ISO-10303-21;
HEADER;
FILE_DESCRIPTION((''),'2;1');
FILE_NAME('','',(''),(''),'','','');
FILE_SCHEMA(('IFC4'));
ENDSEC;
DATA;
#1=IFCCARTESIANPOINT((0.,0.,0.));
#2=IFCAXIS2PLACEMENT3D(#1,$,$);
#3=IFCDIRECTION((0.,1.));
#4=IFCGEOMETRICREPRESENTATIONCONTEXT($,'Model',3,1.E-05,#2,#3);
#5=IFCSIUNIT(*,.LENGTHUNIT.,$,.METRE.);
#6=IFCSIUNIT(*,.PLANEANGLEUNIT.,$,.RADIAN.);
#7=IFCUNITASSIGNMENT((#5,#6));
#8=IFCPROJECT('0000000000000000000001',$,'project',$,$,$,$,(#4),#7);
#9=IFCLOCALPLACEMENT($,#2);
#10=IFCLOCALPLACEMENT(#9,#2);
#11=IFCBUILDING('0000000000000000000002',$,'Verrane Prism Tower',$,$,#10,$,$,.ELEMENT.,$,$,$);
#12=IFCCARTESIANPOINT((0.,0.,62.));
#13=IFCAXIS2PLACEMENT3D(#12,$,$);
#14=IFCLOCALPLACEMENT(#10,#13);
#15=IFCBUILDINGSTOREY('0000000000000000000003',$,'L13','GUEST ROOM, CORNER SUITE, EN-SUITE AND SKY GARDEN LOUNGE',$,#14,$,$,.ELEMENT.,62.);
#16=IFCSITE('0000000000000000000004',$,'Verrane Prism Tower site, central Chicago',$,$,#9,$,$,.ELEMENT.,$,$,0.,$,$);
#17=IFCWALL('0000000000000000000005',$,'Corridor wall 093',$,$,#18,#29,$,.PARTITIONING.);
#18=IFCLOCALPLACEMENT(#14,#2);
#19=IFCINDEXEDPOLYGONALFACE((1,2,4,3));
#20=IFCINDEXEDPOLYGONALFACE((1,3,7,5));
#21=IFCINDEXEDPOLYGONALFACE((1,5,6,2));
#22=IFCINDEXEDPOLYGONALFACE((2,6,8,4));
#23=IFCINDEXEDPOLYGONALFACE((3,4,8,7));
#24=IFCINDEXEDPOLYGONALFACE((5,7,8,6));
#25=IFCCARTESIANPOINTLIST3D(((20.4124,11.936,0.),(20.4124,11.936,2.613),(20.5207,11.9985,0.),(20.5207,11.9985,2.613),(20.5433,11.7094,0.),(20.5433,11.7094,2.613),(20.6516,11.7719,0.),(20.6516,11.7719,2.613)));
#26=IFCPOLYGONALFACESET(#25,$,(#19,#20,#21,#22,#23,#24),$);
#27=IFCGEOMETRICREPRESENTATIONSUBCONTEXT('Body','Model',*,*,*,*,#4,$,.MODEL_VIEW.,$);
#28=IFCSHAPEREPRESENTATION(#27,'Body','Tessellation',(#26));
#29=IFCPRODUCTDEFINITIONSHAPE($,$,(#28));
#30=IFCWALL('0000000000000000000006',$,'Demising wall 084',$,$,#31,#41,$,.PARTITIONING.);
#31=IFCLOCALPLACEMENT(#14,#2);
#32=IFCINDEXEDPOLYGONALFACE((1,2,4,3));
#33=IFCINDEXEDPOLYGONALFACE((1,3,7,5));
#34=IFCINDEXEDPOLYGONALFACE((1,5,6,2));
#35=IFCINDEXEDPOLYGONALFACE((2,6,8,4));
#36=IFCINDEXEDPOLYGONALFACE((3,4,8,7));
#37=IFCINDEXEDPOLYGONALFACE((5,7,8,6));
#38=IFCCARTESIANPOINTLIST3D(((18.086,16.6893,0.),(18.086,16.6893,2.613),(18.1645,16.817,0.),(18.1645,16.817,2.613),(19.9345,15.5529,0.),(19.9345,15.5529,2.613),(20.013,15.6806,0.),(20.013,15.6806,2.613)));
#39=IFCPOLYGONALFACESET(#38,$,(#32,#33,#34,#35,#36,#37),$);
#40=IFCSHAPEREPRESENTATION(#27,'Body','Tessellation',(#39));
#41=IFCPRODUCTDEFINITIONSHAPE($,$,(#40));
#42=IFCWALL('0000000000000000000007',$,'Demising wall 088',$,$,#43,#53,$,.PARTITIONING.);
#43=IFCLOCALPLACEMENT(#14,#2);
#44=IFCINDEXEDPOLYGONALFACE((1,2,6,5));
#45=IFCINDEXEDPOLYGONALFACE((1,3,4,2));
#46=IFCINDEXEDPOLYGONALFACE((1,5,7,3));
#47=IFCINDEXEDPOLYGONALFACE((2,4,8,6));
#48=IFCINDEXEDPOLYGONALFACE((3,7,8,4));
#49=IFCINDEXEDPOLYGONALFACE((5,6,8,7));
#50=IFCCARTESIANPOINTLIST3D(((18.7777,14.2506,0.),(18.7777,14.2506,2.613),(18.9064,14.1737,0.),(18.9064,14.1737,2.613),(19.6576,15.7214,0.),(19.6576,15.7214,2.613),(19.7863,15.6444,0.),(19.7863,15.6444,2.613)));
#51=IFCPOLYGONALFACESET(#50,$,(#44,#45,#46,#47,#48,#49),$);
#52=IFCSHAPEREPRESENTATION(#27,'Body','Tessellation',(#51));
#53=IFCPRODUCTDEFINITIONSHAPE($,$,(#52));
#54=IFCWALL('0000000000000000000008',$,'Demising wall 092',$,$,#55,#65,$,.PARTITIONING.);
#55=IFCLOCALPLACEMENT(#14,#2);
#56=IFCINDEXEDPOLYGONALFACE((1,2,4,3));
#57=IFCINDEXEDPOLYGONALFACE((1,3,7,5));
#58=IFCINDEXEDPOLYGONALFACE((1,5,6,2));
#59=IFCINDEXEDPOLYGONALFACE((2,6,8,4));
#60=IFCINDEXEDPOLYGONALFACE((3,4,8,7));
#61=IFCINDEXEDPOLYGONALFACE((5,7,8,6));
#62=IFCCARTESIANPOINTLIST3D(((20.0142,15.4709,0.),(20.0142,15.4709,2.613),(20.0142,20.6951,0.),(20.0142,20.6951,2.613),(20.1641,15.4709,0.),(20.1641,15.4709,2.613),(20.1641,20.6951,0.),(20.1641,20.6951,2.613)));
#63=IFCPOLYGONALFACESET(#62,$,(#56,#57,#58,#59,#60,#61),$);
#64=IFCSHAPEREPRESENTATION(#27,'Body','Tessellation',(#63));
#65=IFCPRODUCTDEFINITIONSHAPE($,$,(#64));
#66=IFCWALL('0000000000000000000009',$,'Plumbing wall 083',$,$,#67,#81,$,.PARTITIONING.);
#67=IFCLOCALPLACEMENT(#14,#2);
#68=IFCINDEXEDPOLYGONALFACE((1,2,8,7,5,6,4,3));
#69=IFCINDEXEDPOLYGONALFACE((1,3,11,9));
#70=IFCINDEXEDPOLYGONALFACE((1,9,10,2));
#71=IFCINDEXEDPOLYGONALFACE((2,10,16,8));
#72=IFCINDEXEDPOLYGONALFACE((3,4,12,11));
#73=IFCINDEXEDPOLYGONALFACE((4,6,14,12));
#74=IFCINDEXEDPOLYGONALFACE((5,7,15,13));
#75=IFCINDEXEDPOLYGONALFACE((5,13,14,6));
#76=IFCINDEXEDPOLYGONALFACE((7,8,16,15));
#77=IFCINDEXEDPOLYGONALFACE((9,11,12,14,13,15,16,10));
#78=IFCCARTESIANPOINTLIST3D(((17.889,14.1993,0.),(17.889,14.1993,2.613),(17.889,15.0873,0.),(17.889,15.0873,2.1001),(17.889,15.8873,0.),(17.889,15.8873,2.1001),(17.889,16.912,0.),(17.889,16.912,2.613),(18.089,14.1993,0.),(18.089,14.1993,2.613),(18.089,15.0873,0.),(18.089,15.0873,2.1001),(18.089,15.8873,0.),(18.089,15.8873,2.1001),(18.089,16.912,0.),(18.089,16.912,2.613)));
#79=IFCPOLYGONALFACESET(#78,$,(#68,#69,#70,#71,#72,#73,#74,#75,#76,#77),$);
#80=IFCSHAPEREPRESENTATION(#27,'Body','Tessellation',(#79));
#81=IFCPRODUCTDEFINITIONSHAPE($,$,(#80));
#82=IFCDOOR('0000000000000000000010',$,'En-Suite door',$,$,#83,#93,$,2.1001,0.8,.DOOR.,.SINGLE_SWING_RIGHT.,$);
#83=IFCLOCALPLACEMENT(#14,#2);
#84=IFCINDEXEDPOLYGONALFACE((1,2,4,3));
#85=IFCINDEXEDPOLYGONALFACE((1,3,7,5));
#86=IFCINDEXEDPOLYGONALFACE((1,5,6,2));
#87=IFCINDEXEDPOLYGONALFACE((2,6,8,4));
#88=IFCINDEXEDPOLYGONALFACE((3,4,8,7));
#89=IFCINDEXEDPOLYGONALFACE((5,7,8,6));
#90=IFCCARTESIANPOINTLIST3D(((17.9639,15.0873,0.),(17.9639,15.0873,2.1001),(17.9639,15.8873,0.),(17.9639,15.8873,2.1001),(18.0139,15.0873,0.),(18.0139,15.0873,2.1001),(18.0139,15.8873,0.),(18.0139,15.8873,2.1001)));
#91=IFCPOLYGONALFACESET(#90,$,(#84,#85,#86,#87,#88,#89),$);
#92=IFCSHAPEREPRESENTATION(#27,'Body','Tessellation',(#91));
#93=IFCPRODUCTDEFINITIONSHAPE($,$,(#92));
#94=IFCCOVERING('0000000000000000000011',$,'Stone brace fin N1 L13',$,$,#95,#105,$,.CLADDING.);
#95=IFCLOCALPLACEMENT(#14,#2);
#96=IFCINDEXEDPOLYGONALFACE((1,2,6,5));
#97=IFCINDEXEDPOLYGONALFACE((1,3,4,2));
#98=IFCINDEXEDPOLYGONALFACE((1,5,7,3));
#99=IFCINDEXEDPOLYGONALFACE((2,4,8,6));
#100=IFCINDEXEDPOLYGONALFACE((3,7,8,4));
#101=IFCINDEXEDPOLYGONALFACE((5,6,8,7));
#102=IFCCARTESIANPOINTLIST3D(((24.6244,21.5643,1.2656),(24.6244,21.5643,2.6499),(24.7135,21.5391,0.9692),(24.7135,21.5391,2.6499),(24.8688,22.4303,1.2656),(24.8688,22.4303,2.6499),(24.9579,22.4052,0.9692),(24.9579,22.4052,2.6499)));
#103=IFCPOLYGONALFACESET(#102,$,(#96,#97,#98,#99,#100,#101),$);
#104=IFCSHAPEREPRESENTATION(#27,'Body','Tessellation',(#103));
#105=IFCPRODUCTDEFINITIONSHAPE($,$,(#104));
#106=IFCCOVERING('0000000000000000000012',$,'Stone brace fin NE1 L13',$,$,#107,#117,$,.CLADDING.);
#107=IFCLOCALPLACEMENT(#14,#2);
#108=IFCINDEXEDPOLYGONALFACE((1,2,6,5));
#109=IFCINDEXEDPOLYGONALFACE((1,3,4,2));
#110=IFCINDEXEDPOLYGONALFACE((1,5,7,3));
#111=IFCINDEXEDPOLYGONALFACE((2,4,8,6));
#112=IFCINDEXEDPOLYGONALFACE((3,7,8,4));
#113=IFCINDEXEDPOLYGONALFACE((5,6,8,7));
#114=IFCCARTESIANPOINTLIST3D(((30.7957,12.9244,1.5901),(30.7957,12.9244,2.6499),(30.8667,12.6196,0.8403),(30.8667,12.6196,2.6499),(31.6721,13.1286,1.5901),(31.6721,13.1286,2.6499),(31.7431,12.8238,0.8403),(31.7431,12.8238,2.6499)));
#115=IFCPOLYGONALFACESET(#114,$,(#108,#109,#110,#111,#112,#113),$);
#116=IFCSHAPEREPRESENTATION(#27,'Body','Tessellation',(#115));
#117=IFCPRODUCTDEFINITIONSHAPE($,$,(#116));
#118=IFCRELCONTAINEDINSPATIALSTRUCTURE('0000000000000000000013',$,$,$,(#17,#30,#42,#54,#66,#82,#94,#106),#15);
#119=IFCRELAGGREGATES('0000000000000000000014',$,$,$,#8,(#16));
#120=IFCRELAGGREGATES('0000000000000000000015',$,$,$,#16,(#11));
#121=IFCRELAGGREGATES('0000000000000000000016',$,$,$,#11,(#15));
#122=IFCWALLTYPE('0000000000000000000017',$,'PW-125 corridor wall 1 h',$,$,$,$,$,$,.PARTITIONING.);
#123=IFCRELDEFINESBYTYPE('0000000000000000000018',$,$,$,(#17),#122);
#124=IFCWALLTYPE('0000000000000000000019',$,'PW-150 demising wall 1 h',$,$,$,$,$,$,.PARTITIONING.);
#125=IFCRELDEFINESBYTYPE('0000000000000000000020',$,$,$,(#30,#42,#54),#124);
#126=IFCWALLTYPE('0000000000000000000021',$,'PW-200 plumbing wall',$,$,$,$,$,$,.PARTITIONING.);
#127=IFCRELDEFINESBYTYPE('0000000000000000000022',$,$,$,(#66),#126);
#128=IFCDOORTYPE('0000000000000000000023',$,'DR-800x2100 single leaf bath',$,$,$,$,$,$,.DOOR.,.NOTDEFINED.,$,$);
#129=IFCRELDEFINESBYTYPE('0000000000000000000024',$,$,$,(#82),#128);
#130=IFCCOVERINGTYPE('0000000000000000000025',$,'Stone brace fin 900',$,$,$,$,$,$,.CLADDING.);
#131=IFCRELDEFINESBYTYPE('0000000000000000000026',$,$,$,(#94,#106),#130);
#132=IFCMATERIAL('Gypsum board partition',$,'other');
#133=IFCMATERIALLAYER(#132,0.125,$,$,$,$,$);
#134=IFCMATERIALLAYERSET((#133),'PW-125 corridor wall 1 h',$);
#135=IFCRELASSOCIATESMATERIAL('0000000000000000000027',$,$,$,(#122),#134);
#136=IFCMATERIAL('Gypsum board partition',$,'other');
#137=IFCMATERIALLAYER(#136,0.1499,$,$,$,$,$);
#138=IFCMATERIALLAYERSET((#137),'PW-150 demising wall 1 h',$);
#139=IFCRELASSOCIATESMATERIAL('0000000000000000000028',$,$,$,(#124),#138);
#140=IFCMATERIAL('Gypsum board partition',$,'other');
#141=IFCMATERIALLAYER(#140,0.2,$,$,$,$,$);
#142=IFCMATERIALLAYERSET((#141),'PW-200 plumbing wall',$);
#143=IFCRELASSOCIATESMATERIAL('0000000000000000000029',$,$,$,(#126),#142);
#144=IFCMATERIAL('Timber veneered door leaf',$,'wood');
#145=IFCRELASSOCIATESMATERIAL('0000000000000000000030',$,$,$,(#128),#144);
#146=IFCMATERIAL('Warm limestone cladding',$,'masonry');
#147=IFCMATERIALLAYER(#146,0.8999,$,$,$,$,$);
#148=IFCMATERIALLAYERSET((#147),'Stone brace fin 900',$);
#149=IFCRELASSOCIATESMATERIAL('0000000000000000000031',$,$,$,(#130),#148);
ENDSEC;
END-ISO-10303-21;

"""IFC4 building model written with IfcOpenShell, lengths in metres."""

from ifc_helpers import new_model, si_unit, direction, frame, frame_2d, origin, place, context, subcontext, project, spatial, polyline, rectangle, outline, extrude, material, layer, layer_set, type_object, element, fill, save


model = new_model("IFC4")

# Units and contexts
model_context = context("Model", 3, precision=1e-05, world=origin(), true_north=direction((0.0, 1.0)))
body_context = subcontext(model_context, "Body", "Model", "MODEL_VIEW")
ifc_project = project(units=[si_unit("LENGTHUNIT", "METRE"), si_unit("PLANEANGLEUNIT", "RADIAN")], contexts=[model_context])

# Site, building, storey
site_placement = place(None, origin())
site = spatial("IfcSite", under=ifc_project, at=site_placement, Name="Verrane Prism Tower site, central Chicago", CompositionType="ELEMENT", RefElevation=0.0)
building_placement = place(site_placement, origin())
building = spatial("IfcBuilding", under=site, at=building_placement, Name="Verrane Prism Tower", CompositionType="ELEMENT")
storey_placement = place(building_placement, frame((0.0, 0.0, 62.0)))
storey = spatial("IfcBuildingStorey", under=building, at=storey_placement, Name="L13", Description="GUEST ROOM, CORNER SUITE, EN-SUITE AND SKY GARDEN LOUNGE", CompositionType="ELEMENT", Elevation=62.0)

# Shared definitions
ifc_material_1 = material(Name="Gypsum board partition", Category="other")
ifc_layer_1 = layer(ifc_material_1, 0.125)
ifc_layer_set_1 = layer_set([ifc_layer_1], Name="PW-125 corridor wall 1 h")
wall_type_1 = type_object("IfcWallType", Name="PW-125 corridor wall 1 h", PredefinedType="PARTITIONING", material=ifc_layer_set_1)

# Walls
wall_1_placement = place(storey_placement, frame((20.4666, 11.9673, 0.0), z_axis=(0.0, 0.0, 1.0), x_axis=(0.500153, -0.865937, 0.0)))
element("IfcWall", 1, at=wall_1_placement, inside=storey, type_object=wall_type_1, Name="Corridor wall 093", PredefinedType="PARTITIONING", context=body_context, shape_type="SweptSolid", body=[
    extrude(rectangle(XDim=0.2617, YDim=0.125, at=frame_2d((0.1309, 0.0))), origin(), (0.0, 0.0, 1.0), 2.613),
])
ifc_material_2 = material(Name="Gypsum board partition", Category="other")
ifc_layer_2 = layer(ifc_material_2, 0.1499)
ifc_layer_set_2 = layer_set([ifc_layer_2], Name="PW-150 demising wall 1 h")
wall_type_2 = type_object("IfcWallType", Name="PW-150 demising wall 1 h", PredefinedType="PARTITIONING", material=ifc_layer_set_2)
wall_2_placement = place(storey_placement, frame((18.1252, 16.7532, 0.0), z_axis=(0.0, 0.0, 1.0), x_axis=(0.851894, -0.523714, 0.0)))
element("IfcWall", 2, at=wall_2_placement, inside=storey, type_object=wall_type_2, Name="Demising wall 084", PredefinedType="PARTITIONING", context=body_context, shape_type="SweptSolid", body=[
    extrude(rectangle(XDim=2.1699, YDim=0.1499, at=frame_2d((1.085, 0.0))), origin(), (0.0, 0.0, 1.0), 2.613),
])
wall_3_placement = place(storey_placement, frame((18.842, 14.2122, 0.0), z_axis=(0.0, 0.0, 1.0), x_axis=(0.513406, 0.858146, 0.0)))
element("IfcWall", 3, at=wall_3_placement, inside=storey, type_object=wall_type_2, Name="Demising wall 088", PredefinedType="PARTITIONING", context=body_context, shape_type="SweptSolid", body=[
    extrude(rectangle(XDim=1.7139, YDim=0.1499, at=frame_2d((0.8569, 0.0))), origin(), (0.0, 0.0, 1.0), 2.613),
])
wall_4_placement = place(storey_placement, frame((20.0891, 15.4709, 0.0), z_axis=(0.0, 0.0, 1.0), x_axis=(0.0, 1.0, 0.0)))
element("IfcWall", 4, at=wall_4_placement, inside=storey, type_object=wall_type_2, Name="Demising wall 092", PredefinedType="PARTITIONING", context=body_context, shape_type="SweptSolid", body=[
    extrude(rectangle(XDim=5.2241, YDim=0.1499, at=frame_2d((2.6121, 0.0))), origin(), (0.0, 0.0, 1.0), 2.613),
])

# Wall, opening, door
ifc_material_3 = material(Name="Gypsum board partition", Category="other")
ifc_layer_3 = layer(ifc_material_3, 0.2)
ifc_layer_set_3 = layer_set([ifc_layer_3], Name="PW-200 plumbing wall")
wall_type_3 = type_object("IfcWallType", Name="PW-200 plumbing wall", PredefinedType="PARTITIONING", material=ifc_layer_set_3)
wall_5_placement = place(storey_placement, frame((17.989, 16.9121, 0.0), z_axis=(0.0, 0.0, 1.0), x_axis=(0.0, -1.0, 0.0)))
wall_5 = element("IfcWall", 5, at=wall_5_placement, inside=storey, type_object=wall_type_3, Name="Plumbing wall 083", PredefinedType="PARTITIONING", context=body_context, shape_type="SweptSolid", body=[
    extrude(rectangle(XDim=2.7126, YDim=0.2, at=frame_2d((1.3564, 0.0))), origin(), (0.0, 0.0, 1.0), 2.613),
])
opening_1_placement = place(wall_5_placement, frame((1.0249, 0.0, 0.0)))
opening_1 = element("IfcOpeningElement", 6, at=opening_1_placement, cuts=wall_5, PredefinedType="OPENING", context=body_context, shape_type="SweptSolid", body=[
    extrude(rectangle(XDim=0.8, YDim=2.1001, at=frame_2d((0.3999, 1.05))), frame((0.0, 0.1099, 0.0), z_axis=(0.0, -1.0, 0.0), x_axis=(1.0, 0.0, 0.0)), (0.0, 0.0, 1.0), 0.22),
])
ifc_material_4 = material(Name="Timber veneered door leaf", Category="wood")
door_type_1 = type_object("IfcDoorType", Name="DR-800x2100 single leaf bath", OperationType="NOTDEFINED", PredefinedType="DOOR", material=ifc_material_4)
door_1_placement = place(opening_1_placement, origin())
door_1 = element("IfcDoor", 7, at=door_1_placement, inside=storey, type_object=door_type_1, Name="En-Suite door", OperationType="SINGLE_SWING_RIGHT", OverallHeight=2.1001, OverallWidth=0.8, PredefinedType="DOOR", context=body_context, shape_type="SweptSolid", body=[
    extrude(rectangle(XDim=0.8, YDim=2.1001, at=frame_2d((0.3999, 1.05))), frame((0.0, 0.0249, 0.0), z_axis=(0.0, -1.0, 0.0), x_axis=(1.0, 0.0, 0.0)), (0.0, 0.0, 1.0), 0.05),
])
fill(opening_1, door_1)

# Coverings
ifc_material_5 = material(Name="Warm limestone cladding", Category="masonry")
ifc_layer_4 = layer(ifc_material_5, 0.8999)
ifc_layer_set_4 = layer_set([ifc_layer_4], Name="Stone brace fin 900")
covering_type = type_object("IfcCoveringType", Name="Stone brace fin 900", PredefinedType="CLADDING", material=ifc_layer_set_4)
covering_1_placement = place(storey_placement, frame((24.8357, 21.9722, 0.9692), z_axis=(0.0, 0.0, 1.0), x_axis=(-0.962414, 0.271585, 0.0)))
element("IfcCovering", 8, at=covering_1_placement, inside=storey, type_object=covering_type, Name="Stone brace fin N1 L13", PredefinedType="CLADDING", context=body_context, shape_type="SweptSolid", body=[
    extrude(outline(polyline([(0.0925, 1.6807), (0.0, 1.6807), (0.0, 0.0), (0.0925, 0.2964), (0.0925, 1.6807)])), frame((0.0, 0.45, 0.0), z_axis=(0.0, -1.0, 0.0), x_axis=(1.0, 0.0, 0.0)), (0.0, 0.0, 1.0), 0.8999),
])
covering_2_placement = place(storey_placement, frame((31.3049, 12.7217, 0.8403), z_axis=(0.0, 0.0, 1.0), x_axis=(-0.226909, 0.973916, 0.0)))
element("IfcCovering", 9, at=covering_2_placement, inside=storey, type_object=covering_type, Name="Stone brace fin NE1 L13", PredefinedType="CLADDING", context=body_context, shape_type="SweptSolid", body=[
    extrude(outline(polyline([(0.313, 1.8096), (0.0, 1.8096), (0.0, 0.0), (0.313, 0.7498), (0.313, 1.8096)])), frame((0.0, 0.45, 0.0), z_axis=(0.0, -1.0, 0.0), x_axis=(1.0, 0.0, 0.0)), (0.0, 0.0, 1.0), 0.8999),
])

save(model, "model.ifc")
